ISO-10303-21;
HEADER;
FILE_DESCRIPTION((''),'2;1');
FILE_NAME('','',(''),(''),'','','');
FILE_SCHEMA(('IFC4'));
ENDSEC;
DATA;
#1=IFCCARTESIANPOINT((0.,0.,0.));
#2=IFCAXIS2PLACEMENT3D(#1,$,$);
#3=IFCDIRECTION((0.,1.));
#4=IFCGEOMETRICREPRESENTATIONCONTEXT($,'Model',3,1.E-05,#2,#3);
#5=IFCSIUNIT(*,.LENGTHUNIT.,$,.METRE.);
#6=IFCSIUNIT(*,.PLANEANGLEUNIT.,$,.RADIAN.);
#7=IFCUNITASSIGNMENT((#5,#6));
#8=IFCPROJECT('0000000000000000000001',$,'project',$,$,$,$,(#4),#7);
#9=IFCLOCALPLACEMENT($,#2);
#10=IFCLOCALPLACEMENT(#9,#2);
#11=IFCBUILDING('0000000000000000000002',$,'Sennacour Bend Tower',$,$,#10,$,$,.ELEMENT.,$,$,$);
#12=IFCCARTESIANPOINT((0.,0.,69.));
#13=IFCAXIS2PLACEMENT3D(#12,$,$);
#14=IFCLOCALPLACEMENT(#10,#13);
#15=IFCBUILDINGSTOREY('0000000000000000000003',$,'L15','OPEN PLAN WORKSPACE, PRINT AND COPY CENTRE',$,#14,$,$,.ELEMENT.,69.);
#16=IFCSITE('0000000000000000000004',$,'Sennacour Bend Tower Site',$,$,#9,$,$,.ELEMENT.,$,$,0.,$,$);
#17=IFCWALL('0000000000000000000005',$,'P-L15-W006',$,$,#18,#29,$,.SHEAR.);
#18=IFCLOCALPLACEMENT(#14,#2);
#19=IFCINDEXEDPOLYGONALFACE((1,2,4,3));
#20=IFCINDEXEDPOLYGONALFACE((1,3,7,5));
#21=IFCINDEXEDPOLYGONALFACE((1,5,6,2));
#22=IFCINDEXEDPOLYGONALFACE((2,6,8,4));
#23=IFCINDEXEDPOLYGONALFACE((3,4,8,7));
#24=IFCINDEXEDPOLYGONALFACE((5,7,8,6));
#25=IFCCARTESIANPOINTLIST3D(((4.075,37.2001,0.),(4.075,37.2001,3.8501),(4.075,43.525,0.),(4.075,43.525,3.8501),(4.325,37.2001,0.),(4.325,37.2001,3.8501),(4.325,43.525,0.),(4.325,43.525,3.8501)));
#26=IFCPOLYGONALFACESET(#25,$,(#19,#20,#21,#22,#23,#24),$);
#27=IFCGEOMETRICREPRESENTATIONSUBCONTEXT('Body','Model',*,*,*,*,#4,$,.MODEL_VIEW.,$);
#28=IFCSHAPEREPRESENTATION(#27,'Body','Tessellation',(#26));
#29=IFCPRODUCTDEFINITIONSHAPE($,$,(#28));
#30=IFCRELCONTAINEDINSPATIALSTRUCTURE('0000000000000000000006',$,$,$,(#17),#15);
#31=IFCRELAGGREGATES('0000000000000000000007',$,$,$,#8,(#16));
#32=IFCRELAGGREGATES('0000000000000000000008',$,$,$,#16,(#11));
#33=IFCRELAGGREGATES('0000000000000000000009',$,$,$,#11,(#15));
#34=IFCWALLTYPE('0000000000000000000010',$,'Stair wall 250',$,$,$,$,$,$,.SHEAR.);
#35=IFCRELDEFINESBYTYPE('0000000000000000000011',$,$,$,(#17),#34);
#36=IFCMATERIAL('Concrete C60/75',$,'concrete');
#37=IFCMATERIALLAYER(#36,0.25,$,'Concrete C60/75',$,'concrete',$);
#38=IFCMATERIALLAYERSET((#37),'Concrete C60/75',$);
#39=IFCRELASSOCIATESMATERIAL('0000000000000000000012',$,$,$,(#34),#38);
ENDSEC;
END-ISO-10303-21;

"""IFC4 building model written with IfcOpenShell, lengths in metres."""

from ifc_helpers import new_model, si_unit, direction, frame, frame_2d, origin, place, context, subcontext, project, spatial, rectangle, extrude, material, layer, layer_set, type_object, element, save


model = new_model("IFC4")

# Units and contexts
model_context = context("Model", 3, precision=1e-05, world=origin(), true_north=direction((0.0, 1.0)))
body_context = subcontext(model_context, "Body", "Model", "MODEL_VIEW")
ifc_project = project(units=[si_unit("LENGTHUNIT", "METRE"), si_unit("PLANEANGLEUNIT", "RADIAN")], contexts=[model_context])

# Site, building, storey
site_placement = place(None, origin())
site = spatial("IfcSite", under=ifc_project, at=site_placement, Name="Sennacour Bend Tower Site", CompositionType="ELEMENT", RefElevation=0.0)
building_placement = place(site_placement, origin())
building = spatial("IfcBuilding", under=site, at=building_placement, Name="Sennacour Bend Tower", CompositionType="ELEMENT")
storey_placement = place(building_placement, frame((0.0, 0.0, 69.0)))
storey = spatial("IfcBuildingStorey", under=building, at=storey_placement, Name="L15", Description="OPEN PLAN WORKSPACE, PRINT AND COPY CENTRE", CompositionType="ELEMENT", Elevation=69.0)

# Wall
ifc_material_1 = material(Name="Concrete C60/75", Category="concrete")
ifc_layer_1 = layer(ifc_material_1, 0.25, Name="Concrete C60/75", Category="concrete")
ifc_layer_set_1 = layer_set([ifc_layer_1], Name="Concrete C60/75")
wall_type_1 = type_object("IfcWallType", Name="Stair wall 250", PredefinedType="SHEAR", material=ifc_layer_set_1)
wall_1_placement = place(storey_placement, frame((4.2, 37.2, 0.0), z_axis=(0.0, 0.0, 1.0), x_axis=(0.0, 1.0, 0.0)))
element("IfcWall", 1, at=wall_1_placement, inside=storey, type_object=wall_type_1, Name="P-L15-W006", PredefinedType="SHEAR", context=body_context, shape_type="SweptSolid", body=[
    extrude(rectangle(XDim=6.325, YDim=0.25, at=frame_2d((3.1626, 0.0))), origin(), (0.0, 0.0, 1.0), 3.8501),
])

save(model, "model.ifc")
